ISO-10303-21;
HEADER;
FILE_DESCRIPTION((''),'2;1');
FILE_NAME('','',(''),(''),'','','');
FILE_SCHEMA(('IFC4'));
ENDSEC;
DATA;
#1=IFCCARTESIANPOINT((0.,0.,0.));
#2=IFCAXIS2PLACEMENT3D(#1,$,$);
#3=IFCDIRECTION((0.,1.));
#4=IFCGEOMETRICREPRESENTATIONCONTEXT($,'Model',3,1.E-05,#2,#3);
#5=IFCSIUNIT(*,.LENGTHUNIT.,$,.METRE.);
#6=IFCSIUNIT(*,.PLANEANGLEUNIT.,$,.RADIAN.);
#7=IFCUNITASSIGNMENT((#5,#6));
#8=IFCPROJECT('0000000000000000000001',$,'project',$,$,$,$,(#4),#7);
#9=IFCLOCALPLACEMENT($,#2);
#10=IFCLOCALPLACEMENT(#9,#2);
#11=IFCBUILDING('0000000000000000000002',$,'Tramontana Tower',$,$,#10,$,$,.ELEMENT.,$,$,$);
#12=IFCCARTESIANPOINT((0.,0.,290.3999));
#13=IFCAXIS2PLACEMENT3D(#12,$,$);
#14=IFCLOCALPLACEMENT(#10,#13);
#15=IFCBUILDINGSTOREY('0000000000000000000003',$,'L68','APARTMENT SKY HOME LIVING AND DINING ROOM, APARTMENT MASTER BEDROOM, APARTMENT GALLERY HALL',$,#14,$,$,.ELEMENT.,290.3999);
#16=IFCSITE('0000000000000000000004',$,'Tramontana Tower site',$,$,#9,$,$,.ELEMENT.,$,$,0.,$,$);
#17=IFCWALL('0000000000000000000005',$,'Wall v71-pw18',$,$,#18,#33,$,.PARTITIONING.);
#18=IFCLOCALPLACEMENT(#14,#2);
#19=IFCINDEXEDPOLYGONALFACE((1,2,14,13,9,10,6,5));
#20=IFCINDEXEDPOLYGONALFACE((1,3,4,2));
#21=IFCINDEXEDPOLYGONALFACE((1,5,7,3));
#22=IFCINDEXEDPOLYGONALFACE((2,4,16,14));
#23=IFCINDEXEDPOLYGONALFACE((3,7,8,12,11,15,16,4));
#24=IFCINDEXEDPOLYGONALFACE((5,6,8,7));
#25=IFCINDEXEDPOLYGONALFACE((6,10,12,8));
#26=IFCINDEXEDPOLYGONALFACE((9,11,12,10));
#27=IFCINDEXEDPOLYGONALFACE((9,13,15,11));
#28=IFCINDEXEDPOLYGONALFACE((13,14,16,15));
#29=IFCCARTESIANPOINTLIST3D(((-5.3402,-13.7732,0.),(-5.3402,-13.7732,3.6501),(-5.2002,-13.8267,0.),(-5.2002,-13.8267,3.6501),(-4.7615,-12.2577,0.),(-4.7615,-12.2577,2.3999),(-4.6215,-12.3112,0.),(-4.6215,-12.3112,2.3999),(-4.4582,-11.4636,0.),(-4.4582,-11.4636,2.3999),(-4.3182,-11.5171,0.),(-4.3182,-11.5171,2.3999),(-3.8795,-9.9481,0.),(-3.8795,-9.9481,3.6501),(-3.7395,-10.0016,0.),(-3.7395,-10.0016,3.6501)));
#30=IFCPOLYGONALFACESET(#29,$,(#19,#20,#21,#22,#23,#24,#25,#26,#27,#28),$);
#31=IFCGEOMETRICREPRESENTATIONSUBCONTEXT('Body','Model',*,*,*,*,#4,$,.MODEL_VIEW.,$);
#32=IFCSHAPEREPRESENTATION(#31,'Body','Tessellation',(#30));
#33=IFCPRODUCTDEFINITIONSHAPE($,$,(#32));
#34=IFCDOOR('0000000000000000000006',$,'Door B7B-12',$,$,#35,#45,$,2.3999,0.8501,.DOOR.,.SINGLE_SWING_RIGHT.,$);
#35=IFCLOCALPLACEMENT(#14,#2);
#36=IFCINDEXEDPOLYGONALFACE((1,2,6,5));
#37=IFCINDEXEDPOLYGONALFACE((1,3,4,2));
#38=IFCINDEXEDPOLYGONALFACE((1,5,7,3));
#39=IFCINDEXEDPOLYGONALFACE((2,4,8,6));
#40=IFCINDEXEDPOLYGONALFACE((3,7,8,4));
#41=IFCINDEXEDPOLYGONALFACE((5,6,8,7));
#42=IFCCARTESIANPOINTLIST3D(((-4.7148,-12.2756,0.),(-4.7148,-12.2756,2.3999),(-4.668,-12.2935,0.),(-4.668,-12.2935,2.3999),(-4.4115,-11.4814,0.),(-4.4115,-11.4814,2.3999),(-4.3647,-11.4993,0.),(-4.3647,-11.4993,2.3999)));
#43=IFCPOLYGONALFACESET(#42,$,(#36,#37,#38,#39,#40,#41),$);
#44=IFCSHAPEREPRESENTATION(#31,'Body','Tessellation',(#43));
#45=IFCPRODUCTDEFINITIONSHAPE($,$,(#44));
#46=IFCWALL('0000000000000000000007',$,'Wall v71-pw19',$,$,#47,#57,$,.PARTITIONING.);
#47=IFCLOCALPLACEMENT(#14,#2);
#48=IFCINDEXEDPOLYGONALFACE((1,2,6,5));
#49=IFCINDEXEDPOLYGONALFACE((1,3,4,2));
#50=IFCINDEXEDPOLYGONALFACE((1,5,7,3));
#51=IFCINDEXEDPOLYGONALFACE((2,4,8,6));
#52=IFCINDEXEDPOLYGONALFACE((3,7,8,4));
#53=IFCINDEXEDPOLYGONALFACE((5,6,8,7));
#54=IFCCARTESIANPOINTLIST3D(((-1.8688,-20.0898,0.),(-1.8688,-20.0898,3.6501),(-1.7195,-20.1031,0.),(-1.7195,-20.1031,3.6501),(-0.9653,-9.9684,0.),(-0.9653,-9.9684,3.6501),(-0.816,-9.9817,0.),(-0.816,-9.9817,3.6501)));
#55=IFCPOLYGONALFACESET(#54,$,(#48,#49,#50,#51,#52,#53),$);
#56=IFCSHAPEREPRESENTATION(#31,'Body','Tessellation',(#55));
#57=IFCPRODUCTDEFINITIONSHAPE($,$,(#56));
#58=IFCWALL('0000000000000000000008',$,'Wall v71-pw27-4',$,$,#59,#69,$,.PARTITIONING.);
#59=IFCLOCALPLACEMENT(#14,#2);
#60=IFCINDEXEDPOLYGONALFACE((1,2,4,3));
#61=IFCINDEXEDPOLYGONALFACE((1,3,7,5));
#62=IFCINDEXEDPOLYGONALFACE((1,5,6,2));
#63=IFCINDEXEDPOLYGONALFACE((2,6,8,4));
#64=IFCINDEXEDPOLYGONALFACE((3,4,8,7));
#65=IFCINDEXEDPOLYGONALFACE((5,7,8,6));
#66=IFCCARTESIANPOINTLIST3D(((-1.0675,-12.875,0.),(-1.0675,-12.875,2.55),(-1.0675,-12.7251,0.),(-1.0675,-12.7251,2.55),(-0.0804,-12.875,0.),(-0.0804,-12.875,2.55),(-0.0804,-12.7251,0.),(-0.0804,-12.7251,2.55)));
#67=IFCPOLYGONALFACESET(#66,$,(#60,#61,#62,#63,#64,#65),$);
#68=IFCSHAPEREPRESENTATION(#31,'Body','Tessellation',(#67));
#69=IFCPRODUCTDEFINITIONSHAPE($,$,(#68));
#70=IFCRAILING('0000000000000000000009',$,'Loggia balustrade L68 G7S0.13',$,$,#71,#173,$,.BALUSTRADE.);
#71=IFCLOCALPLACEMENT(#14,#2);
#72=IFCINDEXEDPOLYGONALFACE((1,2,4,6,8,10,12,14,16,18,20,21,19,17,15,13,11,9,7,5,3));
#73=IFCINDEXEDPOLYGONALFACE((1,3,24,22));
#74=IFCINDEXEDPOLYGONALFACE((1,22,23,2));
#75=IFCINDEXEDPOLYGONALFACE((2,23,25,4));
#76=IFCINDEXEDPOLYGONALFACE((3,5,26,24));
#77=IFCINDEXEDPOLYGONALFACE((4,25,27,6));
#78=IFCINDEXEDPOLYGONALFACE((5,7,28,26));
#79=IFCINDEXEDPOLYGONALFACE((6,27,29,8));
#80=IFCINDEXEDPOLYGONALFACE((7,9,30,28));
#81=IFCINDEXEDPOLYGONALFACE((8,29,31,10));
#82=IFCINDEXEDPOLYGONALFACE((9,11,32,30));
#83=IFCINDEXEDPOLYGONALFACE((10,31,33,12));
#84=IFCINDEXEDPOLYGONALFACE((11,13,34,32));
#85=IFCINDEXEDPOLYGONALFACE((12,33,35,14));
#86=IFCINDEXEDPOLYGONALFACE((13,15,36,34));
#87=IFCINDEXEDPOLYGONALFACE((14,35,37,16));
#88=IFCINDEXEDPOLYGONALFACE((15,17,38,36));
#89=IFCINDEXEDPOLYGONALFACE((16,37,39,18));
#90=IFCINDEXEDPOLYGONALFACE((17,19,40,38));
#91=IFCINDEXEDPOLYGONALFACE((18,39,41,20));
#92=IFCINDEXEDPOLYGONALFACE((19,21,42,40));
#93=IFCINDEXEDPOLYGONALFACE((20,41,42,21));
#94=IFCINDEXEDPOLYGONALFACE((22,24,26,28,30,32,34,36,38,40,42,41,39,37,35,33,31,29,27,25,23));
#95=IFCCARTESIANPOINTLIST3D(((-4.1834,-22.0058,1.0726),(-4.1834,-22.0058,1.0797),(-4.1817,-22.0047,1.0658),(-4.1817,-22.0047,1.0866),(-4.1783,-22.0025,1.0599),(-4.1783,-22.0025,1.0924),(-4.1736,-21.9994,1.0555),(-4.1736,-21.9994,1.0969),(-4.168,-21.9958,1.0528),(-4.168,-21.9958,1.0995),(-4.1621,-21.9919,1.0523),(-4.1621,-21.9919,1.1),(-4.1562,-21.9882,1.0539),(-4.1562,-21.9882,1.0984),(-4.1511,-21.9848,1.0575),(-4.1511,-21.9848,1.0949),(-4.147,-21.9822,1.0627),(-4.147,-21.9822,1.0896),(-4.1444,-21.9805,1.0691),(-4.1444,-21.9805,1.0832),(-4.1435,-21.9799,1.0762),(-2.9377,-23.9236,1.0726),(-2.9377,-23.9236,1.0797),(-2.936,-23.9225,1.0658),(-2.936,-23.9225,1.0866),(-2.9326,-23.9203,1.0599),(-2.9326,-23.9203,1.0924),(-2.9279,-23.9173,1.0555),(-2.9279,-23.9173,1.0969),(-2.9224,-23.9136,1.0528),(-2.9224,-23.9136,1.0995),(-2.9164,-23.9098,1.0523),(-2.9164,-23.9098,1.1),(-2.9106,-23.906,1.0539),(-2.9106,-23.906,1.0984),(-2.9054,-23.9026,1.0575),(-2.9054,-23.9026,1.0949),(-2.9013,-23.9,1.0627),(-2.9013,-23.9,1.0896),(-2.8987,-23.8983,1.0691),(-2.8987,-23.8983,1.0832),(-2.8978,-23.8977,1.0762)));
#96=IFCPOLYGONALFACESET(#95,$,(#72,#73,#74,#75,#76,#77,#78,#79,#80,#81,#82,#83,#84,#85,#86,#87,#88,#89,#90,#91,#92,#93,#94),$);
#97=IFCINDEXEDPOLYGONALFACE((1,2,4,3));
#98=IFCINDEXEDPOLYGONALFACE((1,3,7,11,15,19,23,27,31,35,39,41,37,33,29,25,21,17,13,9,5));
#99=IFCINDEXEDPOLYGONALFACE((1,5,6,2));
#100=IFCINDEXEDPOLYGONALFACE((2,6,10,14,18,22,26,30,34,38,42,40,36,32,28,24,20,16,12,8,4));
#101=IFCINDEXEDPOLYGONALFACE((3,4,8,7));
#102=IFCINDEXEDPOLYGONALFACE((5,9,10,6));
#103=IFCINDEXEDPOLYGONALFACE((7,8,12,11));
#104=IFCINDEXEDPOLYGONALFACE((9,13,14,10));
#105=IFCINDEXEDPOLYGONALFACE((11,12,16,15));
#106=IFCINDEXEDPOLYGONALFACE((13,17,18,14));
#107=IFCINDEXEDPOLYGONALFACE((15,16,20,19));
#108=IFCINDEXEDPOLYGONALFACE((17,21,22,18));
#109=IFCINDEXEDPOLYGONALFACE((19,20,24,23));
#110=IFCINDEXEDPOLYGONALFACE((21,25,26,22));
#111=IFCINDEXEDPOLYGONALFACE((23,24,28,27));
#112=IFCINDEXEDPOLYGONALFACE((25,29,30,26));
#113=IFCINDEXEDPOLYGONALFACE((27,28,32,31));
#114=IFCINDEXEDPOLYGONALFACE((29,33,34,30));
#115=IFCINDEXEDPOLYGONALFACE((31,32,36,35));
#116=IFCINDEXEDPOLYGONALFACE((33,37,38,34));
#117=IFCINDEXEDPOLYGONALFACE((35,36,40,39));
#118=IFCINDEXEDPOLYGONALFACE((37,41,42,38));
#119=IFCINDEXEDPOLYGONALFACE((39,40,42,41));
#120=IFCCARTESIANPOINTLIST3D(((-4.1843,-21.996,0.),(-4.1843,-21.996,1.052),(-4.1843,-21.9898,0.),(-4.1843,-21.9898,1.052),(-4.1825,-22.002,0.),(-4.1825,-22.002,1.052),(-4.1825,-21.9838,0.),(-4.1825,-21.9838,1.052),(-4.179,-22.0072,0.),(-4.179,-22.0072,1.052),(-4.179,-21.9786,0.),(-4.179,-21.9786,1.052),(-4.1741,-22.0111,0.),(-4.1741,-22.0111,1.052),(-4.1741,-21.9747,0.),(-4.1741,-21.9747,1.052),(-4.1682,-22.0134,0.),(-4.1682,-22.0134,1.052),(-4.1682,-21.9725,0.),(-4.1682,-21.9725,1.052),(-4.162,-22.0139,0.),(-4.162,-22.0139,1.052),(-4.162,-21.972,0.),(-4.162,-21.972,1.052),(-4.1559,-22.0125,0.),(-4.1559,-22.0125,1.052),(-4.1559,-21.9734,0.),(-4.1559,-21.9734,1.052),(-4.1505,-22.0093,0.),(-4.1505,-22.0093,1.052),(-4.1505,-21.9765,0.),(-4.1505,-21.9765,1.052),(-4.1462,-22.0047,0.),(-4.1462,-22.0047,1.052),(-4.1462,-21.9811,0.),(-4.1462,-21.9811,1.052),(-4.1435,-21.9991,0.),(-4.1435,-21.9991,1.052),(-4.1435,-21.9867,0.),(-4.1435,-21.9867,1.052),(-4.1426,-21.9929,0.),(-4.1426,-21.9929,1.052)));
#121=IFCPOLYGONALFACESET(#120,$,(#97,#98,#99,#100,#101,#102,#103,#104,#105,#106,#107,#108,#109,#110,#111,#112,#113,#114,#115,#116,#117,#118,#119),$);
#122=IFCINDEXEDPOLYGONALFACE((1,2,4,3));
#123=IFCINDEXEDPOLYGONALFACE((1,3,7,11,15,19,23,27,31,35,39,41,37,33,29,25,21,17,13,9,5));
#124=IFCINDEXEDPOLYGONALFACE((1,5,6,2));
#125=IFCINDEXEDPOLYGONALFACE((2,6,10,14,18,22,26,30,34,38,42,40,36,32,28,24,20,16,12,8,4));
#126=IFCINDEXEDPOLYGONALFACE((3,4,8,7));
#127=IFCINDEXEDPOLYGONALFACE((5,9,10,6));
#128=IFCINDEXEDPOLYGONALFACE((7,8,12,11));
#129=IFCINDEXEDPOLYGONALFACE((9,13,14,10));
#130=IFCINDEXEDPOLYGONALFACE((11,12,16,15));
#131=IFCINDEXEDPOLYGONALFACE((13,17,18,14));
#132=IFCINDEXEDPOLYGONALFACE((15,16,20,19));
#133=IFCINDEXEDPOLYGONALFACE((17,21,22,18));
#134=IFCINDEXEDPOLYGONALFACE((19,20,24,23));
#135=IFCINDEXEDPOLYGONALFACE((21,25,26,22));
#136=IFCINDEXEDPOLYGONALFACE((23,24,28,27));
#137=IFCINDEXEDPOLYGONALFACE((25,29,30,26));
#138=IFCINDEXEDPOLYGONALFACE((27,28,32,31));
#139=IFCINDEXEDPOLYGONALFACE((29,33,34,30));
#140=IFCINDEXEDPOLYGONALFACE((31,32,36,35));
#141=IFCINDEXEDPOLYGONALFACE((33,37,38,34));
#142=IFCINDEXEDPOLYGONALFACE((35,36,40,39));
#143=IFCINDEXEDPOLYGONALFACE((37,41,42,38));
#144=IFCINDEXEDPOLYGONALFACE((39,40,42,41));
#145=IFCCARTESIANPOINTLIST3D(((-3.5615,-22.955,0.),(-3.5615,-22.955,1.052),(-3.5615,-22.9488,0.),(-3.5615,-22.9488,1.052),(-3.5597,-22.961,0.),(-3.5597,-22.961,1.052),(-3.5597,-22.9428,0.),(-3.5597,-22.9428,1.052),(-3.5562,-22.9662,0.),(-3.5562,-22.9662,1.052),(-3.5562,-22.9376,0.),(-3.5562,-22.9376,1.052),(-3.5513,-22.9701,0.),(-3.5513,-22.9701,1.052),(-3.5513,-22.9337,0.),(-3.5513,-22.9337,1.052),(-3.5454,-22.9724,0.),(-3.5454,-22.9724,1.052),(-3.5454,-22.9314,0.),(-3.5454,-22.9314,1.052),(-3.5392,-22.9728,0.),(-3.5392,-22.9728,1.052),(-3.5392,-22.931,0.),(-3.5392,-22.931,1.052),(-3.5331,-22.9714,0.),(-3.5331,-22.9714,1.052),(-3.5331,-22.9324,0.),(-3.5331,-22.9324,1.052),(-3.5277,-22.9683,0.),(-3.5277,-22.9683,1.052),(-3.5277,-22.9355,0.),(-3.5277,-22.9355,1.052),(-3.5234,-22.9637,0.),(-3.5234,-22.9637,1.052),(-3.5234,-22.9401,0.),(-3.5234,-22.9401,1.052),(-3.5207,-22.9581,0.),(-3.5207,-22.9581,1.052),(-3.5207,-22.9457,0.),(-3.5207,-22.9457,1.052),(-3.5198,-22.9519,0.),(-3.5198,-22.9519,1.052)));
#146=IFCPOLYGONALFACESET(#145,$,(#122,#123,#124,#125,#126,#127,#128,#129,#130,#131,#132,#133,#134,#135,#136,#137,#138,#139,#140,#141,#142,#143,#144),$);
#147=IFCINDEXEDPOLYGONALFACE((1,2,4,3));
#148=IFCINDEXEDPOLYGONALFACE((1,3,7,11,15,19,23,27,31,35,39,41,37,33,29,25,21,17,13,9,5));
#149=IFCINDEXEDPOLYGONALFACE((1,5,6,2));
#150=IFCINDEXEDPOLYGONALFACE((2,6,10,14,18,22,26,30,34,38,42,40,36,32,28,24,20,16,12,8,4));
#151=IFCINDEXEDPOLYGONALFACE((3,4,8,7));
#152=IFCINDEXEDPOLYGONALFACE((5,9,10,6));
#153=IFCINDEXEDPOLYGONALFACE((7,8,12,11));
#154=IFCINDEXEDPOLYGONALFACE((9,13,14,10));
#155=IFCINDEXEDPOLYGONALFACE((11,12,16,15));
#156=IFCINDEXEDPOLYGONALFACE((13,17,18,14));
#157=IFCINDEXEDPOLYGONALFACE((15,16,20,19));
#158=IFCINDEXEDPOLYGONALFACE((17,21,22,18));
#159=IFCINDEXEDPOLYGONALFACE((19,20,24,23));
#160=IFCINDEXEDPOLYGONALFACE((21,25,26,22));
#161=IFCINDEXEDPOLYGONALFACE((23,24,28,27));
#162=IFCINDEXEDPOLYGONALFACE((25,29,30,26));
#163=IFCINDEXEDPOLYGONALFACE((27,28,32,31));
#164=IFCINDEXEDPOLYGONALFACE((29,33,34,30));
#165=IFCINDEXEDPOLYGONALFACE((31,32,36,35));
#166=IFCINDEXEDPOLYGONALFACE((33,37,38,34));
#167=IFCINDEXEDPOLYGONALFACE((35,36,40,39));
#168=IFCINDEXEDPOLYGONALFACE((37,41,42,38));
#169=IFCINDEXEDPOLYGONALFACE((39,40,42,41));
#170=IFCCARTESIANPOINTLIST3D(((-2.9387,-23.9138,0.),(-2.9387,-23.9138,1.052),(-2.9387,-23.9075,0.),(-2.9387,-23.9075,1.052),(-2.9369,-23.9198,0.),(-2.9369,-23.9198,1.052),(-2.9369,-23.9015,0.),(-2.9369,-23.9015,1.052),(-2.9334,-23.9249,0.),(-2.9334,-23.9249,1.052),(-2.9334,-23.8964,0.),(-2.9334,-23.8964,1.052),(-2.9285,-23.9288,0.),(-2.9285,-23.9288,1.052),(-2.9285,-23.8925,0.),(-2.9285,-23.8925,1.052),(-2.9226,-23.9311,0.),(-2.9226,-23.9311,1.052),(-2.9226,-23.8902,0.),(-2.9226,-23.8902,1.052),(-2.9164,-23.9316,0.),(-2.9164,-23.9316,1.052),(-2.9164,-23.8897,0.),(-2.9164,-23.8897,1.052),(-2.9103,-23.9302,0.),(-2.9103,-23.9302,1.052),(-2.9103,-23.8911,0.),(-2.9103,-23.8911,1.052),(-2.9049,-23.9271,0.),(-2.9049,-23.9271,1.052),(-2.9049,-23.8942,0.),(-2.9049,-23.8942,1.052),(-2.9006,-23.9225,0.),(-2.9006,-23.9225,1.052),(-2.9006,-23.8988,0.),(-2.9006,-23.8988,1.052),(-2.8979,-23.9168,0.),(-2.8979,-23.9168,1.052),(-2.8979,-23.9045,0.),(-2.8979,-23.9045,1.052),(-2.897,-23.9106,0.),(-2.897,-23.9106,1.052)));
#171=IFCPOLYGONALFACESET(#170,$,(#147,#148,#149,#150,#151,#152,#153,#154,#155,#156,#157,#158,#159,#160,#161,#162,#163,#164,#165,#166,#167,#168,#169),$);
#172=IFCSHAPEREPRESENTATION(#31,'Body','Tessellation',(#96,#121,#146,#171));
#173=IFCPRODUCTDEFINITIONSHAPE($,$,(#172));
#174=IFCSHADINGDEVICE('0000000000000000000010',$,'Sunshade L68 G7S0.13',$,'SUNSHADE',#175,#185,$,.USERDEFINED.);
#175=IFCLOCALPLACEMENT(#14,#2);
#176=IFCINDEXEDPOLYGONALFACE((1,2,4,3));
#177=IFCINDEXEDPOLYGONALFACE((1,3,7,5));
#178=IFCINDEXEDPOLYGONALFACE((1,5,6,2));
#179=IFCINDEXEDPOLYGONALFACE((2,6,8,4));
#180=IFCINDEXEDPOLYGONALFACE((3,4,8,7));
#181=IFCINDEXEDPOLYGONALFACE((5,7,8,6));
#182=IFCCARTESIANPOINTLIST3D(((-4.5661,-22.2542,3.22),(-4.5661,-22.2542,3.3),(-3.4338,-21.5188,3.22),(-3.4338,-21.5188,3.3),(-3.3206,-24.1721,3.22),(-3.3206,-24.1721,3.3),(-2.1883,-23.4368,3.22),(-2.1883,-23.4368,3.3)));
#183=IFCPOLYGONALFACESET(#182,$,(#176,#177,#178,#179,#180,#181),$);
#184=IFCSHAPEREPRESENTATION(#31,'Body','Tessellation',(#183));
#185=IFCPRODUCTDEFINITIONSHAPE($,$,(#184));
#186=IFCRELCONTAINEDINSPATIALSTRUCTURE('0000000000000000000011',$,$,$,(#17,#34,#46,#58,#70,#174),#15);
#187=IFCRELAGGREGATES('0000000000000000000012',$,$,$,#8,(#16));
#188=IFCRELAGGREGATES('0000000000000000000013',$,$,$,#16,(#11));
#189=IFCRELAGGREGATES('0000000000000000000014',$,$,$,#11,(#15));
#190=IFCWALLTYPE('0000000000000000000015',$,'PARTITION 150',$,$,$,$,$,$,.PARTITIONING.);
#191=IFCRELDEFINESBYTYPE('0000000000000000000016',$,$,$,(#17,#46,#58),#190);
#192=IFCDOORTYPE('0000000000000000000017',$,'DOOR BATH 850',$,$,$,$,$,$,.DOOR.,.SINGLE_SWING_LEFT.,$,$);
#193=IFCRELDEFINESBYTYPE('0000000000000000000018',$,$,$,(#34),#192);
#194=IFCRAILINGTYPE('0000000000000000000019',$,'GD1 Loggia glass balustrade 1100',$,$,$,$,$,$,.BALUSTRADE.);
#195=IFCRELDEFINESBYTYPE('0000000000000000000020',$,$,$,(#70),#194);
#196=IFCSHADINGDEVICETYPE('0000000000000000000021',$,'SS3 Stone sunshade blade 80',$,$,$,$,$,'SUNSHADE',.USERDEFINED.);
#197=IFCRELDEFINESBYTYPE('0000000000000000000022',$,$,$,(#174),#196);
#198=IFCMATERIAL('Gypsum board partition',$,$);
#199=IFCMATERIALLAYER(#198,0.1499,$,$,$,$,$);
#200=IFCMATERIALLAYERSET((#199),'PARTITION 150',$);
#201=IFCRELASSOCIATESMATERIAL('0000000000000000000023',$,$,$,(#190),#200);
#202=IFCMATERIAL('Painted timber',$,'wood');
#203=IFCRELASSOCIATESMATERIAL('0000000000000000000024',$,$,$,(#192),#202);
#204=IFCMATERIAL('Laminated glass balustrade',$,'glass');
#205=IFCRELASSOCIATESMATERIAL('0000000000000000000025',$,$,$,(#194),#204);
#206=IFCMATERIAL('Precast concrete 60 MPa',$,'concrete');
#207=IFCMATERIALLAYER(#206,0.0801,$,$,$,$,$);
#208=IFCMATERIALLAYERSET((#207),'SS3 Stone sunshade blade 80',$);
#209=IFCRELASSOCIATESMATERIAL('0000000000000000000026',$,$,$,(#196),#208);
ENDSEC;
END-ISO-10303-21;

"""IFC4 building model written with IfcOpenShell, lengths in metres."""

from ifc_helpers import new_model, si_unit, direction, frame, frame_2d, origin, origin_2d, place, context, subcontext, project, spatial, rectangle, circle, extrude, material, layer, layer_set, type_object, element, fill, save


model = new_model("IFC4")

# Units and contexts
model_context = context("Model", 3, precision=1e-05, world=origin(), true_north=direction((0.0, 1.0)))
body_context = subcontext(model_context, "Body", "Model", "MODEL_VIEW")
ifc_project = project(units=[si_unit("LENGTHUNIT", "METRE"), si_unit("PLANEANGLEUNIT", "RADIAN")], contexts=[model_context])

# Site, building, storey
site_placement = place(None, origin())
site = spatial("IfcSite", under=ifc_project, at=site_placement, Name="Tramontana Tower site", CompositionType="ELEMENT", RefElevation=0.0)
building_placement = place(site_placement, origin())
building = spatial("IfcBuilding", under=site, at=building_placement, Name="Tramontana Tower", CompositionType="ELEMENT")
storey_placement = place(building_placement, frame((0.0, 0.0, 290.3999)))
storey = spatial("IfcBuildingStorey", under=building, at=storey_placement, Name="L68", Description="APARTMENT SKY HOME LIVING AND DINING ROOM, APARTMENT MASTER BEDROOM, APARTMENT GALLERY HALL", CompositionType="ELEMENT", Elevation=290.3999)

# Shared definitions
ifc_material_1 = material(Name="Gypsum board partition")
ifc_layer_1 = layer(ifc_material_1, 0.1499)
ifc_layer_set_1 = layer_set([ifc_layer_1], Name="PARTITION 150")
wall_type_1 = type_object("IfcWallType", Name="PARTITION 150", PredefinedType="PARTITIONING", material=ifc_layer_set_1)

# Wall, opening, door
wall_1_placement = place(storey_placement, frame((-5.2703, -13.8, 0.0), z_axis=(0.0, 0.0, 1.0), x_axis=(0.356756, 0.934197, 0.0)))
wall_1 = element("IfcWall", 1, at=wall_1_placement, inside=storey, type_object=wall_type_1, Name="Wall v71-pw18", PredefinedType="PARTITIONING", context=body_context, shape_type="SweptSolid", body=[
    extrude(rectangle(XDim=4.0945, YDim=0.1499, at=frame_2d((2.0474, 0.0))), origin(), (0.0, 0.0, 1.0), 3.6501),
])
opening_1_placement = place(wall_1_placement, frame((1.6223, 0.0, 0.0)))
opening_1 = element("IfcOpeningElement", 2, at=opening_1_placement, cuts=wall_1, PredefinedType="OPENING", context=body_context, shape_type="SweptSolid", body=[
    extrude(rectangle(XDim=0.8501, YDim=2.3999, at=frame_2d((0.425, 1.2))), frame((0.0, 0.085, 0.0), z_axis=(0.0, -1.0, 0.0), x_axis=(1.0, 0.0, 0.0)), (0.0, 0.0, 1.0), 0.1699),
])
ifc_material_2 = material(Name="Painted timber", Category="wood")
door_type_1 = type_object("IfcDoorType", Name="DOOR BATH 850", OperationType="SINGLE_SWING_LEFT", PredefinedType="DOOR", material=ifc_material_2)
door_1_placement = place(opening_1_placement, origin())
door_1 = element("IfcDoor", 3, at=door_1_placement, inside=storey, type_object=door_type_1, Name="Door B7B-12", OperationType="SINGLE_SWING_RIGHT", OverallHeight=2.3999, OverallWidth=0.8501, PredefinedType="DOOR", context=body_context, shape_type="SweptSolid", body=[
    extrude(rectangle(XDim=0.8501, YDim=2.3999, at=frame_2d((0.425, 1.2))), frame((0.0, 0.0249, 0.0), z_axis=(0.0, -1.0, 0.0), x_axis=(1.0, 0.0, 0.0)), (0.0, 0.0, 1.0), 0.05),
])
fill(opening_1, door_1)

# Walls
wall_2_placement = place(storey_placement, frame((-1.7942, -20.0964, 0.0), z_axis=(0.0, 0.0, 1.0), x_axis=(0.08892, 0.996039, 0.0)))
element("IfcWall", 4, at=wall_2_placement, inside=storey, type_object=wall_type_1, Name="Wall v71-pw19", PredefinedType="PARTITIONING", context=body_context, shape_type="SweptSolid", body=[
    extrude(rectangle(XDim=10.1616, YDim=0.1499, at=frame_2d((5.0808, 0.0))), origin(), (0.0, 0.0, 1.0), 3.6501),
])
wall_3_placement = place(storey_placement, frame((-0.0803, -12.8, 0.0), z_axis=(0.0, 0.0, 1.0), x_axis=(-1.0, 0.0, 0.0)))
element("IfcWall", 5, at=wall_3_placement, inside=storey, type_object=wall_type_1, Name="Wall v71-pw27-4", PredefinedType="PARTITIONING", context=body_context, shape_type="SweptSolid", body=[
    extrude(rectangle(XDim=0.9871, YDim=0.1499, at=frame_2d((0.4937, 0.0))), origin(), (0.0, 0.0, 1.0), 2.55),
])

# Railing
ifc_material_3 = material(Name="Laminated glass balustrade", Category="glass")
railing_type = type_object("IfcRailingType", Name="GD1 Loggia glass balustrade 1100", PredefinedType="BALUSTRADE", material=ifc_material_3)
railing_placement = place(storey_placement, frame((-4.1636, -21.9929, 0.0)))
element("IfcRailing", 6, at=railing_placement, inside=storey, type_object=railing_type, Name="Loggia balustrade L68 G7S0.13", PredefinedType="BALUSTRADE", context=body_context, shape_type="SweptSolid", body=[
    extrude(circle(Radius=0.0239, at=origin_2d()), frame((0.0, 0.0, 1.0762), z_axis=(0.544707, -0.838627, 0.0), x_axis=(0.838627, 0.544707, 0.0)), (0.0, 0.0, 1.0), 2.2869),
    extrude(circle(Radius=0.021, at=origin_2d()), origin(), (0.0, 0.0, 1.0), 1.052),
    extrude(circle(Radius=0.021, at=origin_2d()), frame((0.6228, -0.959, 0.0)), (0.0, 0.0, 1.0), 1.052),
    extrude(circle(Radius=0.021, at=origin_2d()), frame((1.2456, -1.9177, 0.0)), (0.0, 0.0, 1.0), 1.052),
])

# Shading device
ifc_material_4 = material(Name="Precast concrete 60 MPa", Category="concrete")
ifc_layer_2 = layer(ifc_material_4, 0.0801)
ifc_layer_set_2 = layer_set([ifc_layer_2], Name="SS3 Stone sunshade blade 80")
shading_device_type = type_object("IfcShadingDeviceType", Name="SS3 Stone sunshade blade 80", ElementType="SUNSHADE", PredefinedType="USERDEFINED", material=ifc_layer_set_2)
shading_device_placement = place(storey_placement, frame((-3.3772, -22.8455, 3.22), z_axis=(0.0, 0.0, 1.0), x_axis=(0.544639, -0.838671, 0.0)))
element("IfcShadingDevice", 7, at=shading_device_placement, inside=storey, type_object=shading_device_type, Name="Sunshade L68 G7S0.13", ObjectType="SUNSHADE", PredefinedType="USERDEFINED", context=body_context, shape_type="SweptSolid", body=[
    extrude(rectangle(XDim=2.2869, YDim=1.3501, at=origin_2d()), origin(), (0.0, 0.0, 1.0), 0.0801),
])

save(model, "model.ifc")
